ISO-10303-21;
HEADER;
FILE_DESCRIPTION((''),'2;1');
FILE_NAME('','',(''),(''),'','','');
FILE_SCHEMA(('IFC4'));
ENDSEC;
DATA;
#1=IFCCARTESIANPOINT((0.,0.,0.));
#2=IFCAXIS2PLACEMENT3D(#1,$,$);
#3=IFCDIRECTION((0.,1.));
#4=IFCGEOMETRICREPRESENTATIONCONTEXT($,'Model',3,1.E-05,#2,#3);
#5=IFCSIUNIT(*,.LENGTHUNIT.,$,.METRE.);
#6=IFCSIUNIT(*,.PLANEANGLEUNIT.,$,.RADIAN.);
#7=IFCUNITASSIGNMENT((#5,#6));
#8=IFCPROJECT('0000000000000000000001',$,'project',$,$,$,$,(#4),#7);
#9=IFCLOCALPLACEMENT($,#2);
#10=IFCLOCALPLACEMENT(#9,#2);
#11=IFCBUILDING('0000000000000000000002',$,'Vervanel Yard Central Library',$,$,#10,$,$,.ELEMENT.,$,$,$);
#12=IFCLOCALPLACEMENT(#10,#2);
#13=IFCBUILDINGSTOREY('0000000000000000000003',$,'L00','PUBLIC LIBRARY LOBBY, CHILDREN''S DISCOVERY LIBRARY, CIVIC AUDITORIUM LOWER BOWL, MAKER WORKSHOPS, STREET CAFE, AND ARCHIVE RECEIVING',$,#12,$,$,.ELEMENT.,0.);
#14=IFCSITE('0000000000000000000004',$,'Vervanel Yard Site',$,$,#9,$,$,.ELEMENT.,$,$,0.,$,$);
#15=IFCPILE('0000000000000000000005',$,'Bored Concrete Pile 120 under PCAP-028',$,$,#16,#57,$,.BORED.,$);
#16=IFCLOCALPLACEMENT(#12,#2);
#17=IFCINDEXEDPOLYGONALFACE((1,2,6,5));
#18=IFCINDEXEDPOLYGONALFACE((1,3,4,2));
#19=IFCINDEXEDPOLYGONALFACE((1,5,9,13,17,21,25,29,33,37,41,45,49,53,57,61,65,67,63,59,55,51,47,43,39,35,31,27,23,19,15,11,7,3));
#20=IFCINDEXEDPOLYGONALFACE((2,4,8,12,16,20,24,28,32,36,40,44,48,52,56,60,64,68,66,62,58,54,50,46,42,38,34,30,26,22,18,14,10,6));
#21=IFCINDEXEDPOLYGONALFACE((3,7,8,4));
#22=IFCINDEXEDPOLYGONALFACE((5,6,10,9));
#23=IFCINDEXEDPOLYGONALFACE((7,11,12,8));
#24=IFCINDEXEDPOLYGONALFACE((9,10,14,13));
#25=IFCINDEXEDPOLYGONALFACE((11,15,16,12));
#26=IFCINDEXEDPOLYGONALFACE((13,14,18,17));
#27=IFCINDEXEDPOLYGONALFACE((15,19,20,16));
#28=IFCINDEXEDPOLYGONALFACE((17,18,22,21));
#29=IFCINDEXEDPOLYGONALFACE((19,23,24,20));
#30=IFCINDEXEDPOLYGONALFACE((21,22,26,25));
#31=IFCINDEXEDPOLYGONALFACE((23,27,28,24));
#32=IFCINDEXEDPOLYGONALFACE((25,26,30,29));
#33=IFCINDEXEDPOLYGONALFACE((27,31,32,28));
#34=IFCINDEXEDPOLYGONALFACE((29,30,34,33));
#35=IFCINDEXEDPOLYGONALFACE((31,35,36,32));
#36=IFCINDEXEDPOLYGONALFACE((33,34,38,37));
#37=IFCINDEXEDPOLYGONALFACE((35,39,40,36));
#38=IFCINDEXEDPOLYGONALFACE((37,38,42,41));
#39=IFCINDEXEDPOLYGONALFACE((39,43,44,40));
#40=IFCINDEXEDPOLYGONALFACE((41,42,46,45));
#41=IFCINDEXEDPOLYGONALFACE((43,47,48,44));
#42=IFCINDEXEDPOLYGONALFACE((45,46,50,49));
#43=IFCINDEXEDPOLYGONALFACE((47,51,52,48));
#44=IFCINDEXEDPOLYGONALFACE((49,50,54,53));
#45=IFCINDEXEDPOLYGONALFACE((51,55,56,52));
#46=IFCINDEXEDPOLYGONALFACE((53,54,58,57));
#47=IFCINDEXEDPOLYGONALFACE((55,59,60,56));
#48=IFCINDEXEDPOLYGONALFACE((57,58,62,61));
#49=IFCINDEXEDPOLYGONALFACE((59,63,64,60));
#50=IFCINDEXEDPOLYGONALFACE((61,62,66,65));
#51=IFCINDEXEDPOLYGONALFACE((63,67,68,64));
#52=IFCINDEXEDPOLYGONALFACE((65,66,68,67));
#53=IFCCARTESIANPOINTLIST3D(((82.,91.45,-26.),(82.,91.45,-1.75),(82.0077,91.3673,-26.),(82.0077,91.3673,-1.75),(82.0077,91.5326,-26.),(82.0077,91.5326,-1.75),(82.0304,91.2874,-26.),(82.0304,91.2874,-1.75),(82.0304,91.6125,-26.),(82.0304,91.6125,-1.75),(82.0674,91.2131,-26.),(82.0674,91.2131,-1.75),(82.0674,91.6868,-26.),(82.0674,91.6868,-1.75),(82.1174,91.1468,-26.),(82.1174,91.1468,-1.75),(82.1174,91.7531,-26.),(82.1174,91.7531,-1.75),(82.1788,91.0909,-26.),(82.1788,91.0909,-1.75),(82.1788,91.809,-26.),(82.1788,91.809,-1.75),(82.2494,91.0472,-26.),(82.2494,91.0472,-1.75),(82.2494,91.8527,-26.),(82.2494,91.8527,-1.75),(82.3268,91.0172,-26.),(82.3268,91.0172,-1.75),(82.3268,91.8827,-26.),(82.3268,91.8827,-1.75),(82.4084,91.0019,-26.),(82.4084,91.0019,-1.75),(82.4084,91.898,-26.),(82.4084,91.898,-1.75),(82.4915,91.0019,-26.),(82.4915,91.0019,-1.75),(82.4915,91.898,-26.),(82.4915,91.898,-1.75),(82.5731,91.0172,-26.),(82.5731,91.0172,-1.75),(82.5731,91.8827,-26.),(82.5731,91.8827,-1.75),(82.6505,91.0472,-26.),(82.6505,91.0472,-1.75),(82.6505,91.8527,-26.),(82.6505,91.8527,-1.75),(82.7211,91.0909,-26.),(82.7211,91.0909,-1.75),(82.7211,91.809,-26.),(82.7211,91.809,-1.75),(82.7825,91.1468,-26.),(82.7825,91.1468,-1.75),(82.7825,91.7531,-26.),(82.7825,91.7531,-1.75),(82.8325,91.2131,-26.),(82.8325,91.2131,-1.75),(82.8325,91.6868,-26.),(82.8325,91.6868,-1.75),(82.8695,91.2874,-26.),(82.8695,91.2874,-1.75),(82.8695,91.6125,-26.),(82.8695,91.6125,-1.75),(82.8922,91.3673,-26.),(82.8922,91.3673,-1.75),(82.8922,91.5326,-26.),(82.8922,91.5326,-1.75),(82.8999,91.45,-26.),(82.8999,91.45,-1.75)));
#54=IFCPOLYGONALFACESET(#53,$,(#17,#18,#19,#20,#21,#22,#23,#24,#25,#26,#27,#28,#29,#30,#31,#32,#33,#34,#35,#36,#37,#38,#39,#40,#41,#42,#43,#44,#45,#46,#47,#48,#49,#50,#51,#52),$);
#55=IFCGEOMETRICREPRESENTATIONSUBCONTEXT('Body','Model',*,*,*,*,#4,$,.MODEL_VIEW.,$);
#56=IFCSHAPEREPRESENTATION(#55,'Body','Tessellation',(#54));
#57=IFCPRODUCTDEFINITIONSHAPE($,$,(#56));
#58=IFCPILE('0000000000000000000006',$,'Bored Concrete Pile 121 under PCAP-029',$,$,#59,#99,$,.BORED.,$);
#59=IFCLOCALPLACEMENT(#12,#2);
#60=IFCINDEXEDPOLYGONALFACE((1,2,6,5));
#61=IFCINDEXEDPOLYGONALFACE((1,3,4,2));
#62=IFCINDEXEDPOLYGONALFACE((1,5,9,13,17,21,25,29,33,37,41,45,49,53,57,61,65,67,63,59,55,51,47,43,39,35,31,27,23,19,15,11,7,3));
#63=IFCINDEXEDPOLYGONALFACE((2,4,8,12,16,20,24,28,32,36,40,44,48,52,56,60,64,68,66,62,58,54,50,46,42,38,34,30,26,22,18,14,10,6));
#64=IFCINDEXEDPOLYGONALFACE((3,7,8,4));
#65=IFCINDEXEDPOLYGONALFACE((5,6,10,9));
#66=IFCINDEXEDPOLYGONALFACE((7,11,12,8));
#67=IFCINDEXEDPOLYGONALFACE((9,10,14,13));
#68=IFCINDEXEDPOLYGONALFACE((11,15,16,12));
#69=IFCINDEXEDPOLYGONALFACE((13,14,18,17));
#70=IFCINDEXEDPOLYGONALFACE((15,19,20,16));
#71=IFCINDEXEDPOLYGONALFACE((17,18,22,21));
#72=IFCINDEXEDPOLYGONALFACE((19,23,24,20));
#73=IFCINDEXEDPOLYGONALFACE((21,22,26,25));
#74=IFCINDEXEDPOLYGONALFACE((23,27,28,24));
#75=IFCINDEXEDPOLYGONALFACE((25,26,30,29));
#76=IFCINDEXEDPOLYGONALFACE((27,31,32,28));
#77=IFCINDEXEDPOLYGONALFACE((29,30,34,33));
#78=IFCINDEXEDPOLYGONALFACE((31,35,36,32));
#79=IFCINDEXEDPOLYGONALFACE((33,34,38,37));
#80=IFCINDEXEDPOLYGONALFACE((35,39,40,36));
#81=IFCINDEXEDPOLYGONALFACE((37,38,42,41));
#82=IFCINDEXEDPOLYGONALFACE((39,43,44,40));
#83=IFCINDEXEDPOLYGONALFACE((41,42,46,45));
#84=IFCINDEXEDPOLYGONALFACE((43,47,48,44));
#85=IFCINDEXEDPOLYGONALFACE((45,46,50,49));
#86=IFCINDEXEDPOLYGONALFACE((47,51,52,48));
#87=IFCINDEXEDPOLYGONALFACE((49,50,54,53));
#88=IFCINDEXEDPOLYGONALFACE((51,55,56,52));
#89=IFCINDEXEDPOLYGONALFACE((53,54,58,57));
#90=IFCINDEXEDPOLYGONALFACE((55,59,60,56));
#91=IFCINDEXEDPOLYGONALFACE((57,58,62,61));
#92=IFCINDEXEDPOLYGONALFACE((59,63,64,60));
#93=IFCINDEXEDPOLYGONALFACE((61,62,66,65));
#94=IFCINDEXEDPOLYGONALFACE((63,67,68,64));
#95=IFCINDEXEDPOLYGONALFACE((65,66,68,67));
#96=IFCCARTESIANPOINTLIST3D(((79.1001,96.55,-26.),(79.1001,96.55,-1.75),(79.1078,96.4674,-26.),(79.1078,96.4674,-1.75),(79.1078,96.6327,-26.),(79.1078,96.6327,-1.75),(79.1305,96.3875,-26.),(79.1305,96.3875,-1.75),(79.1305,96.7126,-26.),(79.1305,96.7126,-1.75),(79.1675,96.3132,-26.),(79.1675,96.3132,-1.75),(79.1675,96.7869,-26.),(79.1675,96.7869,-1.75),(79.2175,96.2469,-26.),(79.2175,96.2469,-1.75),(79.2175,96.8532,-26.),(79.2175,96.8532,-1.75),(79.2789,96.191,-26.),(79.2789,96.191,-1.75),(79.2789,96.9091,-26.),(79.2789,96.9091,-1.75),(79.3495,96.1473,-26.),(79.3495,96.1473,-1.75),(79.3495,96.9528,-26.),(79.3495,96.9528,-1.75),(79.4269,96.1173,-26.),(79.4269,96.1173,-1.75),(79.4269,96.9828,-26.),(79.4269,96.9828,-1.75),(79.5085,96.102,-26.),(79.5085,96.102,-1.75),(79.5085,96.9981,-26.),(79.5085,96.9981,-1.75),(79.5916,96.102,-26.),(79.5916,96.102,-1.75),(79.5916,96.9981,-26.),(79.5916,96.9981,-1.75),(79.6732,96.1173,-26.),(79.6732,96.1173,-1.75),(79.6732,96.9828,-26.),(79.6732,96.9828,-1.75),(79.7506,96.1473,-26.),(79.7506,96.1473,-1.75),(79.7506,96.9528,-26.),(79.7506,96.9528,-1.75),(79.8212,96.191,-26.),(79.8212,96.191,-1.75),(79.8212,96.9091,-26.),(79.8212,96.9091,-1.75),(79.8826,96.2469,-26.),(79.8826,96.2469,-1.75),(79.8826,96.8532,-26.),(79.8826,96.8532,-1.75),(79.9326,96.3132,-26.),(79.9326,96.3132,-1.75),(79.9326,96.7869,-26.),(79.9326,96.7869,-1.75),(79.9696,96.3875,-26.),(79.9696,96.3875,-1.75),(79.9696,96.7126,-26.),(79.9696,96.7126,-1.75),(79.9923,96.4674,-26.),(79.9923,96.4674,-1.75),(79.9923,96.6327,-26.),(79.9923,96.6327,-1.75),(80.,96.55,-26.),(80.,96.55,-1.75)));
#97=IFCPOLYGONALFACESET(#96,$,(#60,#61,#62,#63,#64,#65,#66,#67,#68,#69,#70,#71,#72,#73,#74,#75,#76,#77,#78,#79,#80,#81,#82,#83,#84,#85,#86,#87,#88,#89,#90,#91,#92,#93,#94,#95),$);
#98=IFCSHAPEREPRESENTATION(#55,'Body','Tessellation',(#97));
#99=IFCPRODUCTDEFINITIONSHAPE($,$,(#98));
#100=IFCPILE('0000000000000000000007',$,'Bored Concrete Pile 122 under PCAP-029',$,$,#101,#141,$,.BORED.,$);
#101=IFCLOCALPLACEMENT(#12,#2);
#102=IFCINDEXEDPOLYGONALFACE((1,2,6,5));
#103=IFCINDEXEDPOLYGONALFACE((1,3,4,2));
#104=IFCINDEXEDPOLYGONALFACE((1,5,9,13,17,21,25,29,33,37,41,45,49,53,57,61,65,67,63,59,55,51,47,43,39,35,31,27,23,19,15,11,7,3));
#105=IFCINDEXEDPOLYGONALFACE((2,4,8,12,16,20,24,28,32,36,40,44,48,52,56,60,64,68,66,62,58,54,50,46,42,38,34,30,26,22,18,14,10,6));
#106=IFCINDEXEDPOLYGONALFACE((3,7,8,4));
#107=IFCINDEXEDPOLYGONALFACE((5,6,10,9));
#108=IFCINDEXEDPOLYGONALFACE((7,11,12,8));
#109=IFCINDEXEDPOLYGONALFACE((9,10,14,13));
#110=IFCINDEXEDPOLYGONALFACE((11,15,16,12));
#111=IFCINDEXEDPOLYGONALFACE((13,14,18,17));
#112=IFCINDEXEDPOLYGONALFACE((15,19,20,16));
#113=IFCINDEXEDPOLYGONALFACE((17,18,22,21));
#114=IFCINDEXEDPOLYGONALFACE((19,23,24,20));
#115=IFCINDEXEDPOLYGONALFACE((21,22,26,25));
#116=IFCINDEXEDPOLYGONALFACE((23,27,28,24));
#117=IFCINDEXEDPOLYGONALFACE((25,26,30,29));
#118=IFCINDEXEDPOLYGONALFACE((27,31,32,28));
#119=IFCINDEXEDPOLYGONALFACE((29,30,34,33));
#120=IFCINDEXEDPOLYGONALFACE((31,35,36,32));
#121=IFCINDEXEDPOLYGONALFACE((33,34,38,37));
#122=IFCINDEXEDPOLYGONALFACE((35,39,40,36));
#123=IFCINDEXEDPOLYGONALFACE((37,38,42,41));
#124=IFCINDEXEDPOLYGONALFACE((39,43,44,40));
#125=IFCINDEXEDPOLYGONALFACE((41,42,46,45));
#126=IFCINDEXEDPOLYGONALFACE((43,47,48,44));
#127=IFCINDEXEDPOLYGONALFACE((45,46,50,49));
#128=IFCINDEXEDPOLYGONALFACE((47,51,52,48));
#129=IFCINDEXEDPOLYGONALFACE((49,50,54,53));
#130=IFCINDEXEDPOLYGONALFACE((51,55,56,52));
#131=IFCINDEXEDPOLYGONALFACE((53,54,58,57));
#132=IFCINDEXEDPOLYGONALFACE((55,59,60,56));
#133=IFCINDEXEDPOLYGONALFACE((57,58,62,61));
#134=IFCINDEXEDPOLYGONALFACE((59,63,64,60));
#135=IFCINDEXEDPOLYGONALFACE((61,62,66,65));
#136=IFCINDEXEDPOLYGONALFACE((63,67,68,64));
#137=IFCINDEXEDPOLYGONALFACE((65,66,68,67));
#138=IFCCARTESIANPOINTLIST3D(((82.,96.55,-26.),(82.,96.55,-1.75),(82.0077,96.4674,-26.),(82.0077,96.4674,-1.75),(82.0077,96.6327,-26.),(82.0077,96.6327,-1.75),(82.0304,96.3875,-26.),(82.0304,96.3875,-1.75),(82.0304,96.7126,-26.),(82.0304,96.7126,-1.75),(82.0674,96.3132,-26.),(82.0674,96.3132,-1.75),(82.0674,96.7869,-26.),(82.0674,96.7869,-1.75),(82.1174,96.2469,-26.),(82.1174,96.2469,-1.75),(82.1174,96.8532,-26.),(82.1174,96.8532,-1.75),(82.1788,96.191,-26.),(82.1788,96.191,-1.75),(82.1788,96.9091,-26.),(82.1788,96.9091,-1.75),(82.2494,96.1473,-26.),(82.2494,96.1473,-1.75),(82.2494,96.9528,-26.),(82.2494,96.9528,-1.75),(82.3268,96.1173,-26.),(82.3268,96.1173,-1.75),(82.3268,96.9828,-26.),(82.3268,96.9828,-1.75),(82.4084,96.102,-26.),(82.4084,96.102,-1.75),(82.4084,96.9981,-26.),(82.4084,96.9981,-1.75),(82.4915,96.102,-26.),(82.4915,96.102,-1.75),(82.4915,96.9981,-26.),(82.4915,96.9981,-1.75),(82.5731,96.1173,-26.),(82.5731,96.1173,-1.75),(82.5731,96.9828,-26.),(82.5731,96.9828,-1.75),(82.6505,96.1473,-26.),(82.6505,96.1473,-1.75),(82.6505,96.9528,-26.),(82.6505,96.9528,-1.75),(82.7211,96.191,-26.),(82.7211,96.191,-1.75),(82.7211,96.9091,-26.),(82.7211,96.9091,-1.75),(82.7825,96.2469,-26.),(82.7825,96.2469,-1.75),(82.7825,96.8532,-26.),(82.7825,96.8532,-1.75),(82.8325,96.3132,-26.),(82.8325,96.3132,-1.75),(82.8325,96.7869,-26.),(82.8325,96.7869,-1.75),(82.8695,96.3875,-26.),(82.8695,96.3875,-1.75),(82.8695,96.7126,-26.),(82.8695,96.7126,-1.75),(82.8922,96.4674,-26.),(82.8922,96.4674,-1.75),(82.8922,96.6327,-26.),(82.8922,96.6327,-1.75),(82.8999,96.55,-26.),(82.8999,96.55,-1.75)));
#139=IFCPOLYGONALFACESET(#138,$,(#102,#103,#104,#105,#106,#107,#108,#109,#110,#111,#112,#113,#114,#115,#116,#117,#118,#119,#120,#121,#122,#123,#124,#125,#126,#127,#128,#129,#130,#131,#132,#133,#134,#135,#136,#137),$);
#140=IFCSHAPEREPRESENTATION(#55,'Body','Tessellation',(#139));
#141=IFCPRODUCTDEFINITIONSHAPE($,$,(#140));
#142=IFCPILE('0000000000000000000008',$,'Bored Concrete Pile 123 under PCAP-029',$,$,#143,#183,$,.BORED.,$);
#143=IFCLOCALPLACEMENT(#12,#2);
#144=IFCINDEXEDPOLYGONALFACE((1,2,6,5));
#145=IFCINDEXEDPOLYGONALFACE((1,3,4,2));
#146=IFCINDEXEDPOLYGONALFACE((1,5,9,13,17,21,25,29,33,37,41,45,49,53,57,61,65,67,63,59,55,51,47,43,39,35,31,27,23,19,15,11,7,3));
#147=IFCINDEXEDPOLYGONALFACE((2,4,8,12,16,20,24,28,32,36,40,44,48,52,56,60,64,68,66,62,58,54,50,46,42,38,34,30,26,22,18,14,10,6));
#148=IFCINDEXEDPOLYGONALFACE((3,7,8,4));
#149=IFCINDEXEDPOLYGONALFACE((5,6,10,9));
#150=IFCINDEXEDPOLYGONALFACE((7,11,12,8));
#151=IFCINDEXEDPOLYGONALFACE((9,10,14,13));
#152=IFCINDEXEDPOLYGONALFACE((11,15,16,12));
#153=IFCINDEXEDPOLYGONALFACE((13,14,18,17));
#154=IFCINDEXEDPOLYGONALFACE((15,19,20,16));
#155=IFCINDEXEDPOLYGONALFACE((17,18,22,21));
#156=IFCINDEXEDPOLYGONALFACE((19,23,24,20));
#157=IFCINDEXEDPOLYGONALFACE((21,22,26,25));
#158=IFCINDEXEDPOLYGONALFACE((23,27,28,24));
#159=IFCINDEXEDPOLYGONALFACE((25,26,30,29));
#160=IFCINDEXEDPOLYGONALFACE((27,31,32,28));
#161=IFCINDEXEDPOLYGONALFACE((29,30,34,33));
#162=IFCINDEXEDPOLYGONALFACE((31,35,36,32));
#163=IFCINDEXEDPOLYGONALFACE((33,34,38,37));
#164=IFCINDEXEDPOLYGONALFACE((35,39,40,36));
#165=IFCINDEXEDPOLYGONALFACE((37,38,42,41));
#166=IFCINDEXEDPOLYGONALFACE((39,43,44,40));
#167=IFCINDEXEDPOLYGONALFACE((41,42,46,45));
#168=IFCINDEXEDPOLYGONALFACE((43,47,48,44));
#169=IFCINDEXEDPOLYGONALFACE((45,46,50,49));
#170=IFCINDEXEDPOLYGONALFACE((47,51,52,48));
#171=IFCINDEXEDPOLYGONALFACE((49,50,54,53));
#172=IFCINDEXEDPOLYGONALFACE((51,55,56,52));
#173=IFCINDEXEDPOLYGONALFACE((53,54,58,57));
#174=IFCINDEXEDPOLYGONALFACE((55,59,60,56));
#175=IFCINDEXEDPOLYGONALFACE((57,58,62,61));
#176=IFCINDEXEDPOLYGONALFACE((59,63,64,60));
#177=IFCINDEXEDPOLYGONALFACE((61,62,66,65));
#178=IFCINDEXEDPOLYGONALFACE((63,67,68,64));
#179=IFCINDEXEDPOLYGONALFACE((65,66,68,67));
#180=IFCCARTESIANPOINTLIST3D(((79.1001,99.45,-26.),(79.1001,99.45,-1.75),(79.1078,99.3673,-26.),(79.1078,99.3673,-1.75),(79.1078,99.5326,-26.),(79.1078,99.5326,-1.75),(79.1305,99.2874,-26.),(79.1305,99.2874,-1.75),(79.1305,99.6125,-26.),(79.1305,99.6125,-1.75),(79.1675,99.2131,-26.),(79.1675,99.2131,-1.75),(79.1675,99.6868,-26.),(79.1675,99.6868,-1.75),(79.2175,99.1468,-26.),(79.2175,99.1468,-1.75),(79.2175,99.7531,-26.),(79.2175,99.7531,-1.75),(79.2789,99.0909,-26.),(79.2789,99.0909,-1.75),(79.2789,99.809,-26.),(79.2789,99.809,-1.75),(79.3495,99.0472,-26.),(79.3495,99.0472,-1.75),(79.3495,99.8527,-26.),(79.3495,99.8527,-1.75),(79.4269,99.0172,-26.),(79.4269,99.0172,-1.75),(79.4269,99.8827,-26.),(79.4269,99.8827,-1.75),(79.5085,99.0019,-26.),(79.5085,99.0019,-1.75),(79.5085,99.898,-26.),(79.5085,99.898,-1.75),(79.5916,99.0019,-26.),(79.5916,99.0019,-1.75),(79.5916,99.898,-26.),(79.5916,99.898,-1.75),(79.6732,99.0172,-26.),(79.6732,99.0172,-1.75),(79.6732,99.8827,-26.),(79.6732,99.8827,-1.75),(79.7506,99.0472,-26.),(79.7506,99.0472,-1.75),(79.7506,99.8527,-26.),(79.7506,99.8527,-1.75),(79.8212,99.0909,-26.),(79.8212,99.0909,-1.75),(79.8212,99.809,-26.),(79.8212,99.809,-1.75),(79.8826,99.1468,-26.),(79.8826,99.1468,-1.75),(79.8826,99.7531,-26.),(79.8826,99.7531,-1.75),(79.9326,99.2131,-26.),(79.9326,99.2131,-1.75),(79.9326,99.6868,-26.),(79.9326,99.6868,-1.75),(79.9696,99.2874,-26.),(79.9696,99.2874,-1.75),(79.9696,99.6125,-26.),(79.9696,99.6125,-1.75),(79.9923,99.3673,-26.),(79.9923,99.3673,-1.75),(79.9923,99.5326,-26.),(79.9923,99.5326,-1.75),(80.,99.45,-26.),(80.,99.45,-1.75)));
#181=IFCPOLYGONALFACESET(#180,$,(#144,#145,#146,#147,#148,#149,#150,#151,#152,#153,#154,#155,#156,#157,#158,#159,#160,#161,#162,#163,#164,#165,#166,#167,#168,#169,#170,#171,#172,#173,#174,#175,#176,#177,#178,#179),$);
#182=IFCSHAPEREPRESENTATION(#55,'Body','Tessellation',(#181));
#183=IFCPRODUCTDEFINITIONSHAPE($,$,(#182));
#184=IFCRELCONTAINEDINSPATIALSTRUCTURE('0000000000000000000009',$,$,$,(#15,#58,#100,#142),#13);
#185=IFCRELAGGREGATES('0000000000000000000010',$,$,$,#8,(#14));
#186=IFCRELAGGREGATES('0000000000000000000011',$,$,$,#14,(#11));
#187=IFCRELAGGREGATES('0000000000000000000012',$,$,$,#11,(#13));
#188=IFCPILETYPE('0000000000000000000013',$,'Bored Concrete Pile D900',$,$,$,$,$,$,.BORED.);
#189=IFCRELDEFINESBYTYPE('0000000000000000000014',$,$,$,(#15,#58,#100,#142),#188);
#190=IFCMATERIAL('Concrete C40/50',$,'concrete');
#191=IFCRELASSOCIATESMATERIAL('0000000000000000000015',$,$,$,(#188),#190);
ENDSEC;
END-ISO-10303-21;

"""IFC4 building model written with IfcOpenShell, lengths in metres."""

from ifc_helpers import new_model, si_unit, direction, frame, origin, origin_2d, place, context, subcontext, project, spatial, circle, extrude, material, material_profile, profile_set, type_object, element, save


model = new_model("IFC4")

# Units and contexts
model_context = context("Model", 3, precision=1e-05, world=origin(), true_north=direction((0.0, 1.0)))
body_context = subcontext(model_context, "Body", "Model", "MODEL_VIEW")
ifc_project = project(units=[si_unit("LENGTHUNIT", "METRE"), si_unit("PLANEANGLEUNIT", "RADIAN")], contexts=[model_context])

# Site, building, storey
site_placement = place(None, origin())
site = spatial("IfcSite", under=ifc_project, at=site_placement, Name="Vervanel Yard Site", CompositionType="ELEMENT", RefElevation=0.0)
building_placement = place(site_placement, origin())
building = spatial("IfcBuilding", under=site, at=building_placement, Name="Vervanel Yard Central Library", CompositionType="ELEMENT")
storey_placement = place(building_placement, origin())
storey = spatial("IfcBuildingStorey", under=building, at=storey_placement, Name="L00", Description="PUBLIC LIBRARY LOBBY, CHILDREN'S DISCOVERY LIBRARY, CIVIC AUDITORIUM LOWER BOWL, MAKER WORKSHOPS, STREET CAFE, AND ARCHIVE RECEIVING", CompositionType="ELEMENT", Elevation=0.0)

# Piles
ifc_material_1 = material(Name="Concrete C40/50", Category="concrete")
ifc_material_profile_1 = material_profile(ifc_material_1, circle(Radius=0.45, at=origin_2d()), Name="BP D900", Category="concrete")
ifc_profile_set_1 = profile_set([ifc_material_profile_1], Name="Concrete C40/50")
pile_type = type_object("IfcPileType", Name="Bored Concrete Pile D900", PredefinedType="BORED", material=ifc_profile_set_1)
for number, where, z_axis, x_axis, name in (
    (1, (82.45, 91.45, -1.75), (0.0, 0.0, -1.0), (1.0, 0.0, 0.0), "Bored Concrete Pile 120 under PCAP-028"),
    (2, (79.55, 96.55, -1.75), (0.0, 0.0, -1.0), (1.0, 0.0, 0.0), "Bored Concrete Pile 121 under PCAP-029"),
    (3, (82.45, 96.55, -1.75), (0.0, 0.0, -1.0), (1.0, 0.0, 0.0), "Bored Concrete Pile 122 under PCAP-029"),
    (4, (79.55, 99.45, -1.75), (0.0, 0.0, -1.0), (1.0, 0.0, 0.0), "Bored Concrete Pile 123 under PCAP-029"),
):
    element("IfcPile", number, at=place(storey_placement, frame(where, z_axis=z_axis, x_axis=x_axis)), inside=storey, type_object=pile_type, Name=name, PredefinedType="BORED", context=body_context, shape_type="SweptSolid", body=[
        extrude(circle(Radius=0.45, at=origin_2d()), origin(), (0.0, 0.0, 1.0), 24.25),
    ])

save(model, "model.ifc")
